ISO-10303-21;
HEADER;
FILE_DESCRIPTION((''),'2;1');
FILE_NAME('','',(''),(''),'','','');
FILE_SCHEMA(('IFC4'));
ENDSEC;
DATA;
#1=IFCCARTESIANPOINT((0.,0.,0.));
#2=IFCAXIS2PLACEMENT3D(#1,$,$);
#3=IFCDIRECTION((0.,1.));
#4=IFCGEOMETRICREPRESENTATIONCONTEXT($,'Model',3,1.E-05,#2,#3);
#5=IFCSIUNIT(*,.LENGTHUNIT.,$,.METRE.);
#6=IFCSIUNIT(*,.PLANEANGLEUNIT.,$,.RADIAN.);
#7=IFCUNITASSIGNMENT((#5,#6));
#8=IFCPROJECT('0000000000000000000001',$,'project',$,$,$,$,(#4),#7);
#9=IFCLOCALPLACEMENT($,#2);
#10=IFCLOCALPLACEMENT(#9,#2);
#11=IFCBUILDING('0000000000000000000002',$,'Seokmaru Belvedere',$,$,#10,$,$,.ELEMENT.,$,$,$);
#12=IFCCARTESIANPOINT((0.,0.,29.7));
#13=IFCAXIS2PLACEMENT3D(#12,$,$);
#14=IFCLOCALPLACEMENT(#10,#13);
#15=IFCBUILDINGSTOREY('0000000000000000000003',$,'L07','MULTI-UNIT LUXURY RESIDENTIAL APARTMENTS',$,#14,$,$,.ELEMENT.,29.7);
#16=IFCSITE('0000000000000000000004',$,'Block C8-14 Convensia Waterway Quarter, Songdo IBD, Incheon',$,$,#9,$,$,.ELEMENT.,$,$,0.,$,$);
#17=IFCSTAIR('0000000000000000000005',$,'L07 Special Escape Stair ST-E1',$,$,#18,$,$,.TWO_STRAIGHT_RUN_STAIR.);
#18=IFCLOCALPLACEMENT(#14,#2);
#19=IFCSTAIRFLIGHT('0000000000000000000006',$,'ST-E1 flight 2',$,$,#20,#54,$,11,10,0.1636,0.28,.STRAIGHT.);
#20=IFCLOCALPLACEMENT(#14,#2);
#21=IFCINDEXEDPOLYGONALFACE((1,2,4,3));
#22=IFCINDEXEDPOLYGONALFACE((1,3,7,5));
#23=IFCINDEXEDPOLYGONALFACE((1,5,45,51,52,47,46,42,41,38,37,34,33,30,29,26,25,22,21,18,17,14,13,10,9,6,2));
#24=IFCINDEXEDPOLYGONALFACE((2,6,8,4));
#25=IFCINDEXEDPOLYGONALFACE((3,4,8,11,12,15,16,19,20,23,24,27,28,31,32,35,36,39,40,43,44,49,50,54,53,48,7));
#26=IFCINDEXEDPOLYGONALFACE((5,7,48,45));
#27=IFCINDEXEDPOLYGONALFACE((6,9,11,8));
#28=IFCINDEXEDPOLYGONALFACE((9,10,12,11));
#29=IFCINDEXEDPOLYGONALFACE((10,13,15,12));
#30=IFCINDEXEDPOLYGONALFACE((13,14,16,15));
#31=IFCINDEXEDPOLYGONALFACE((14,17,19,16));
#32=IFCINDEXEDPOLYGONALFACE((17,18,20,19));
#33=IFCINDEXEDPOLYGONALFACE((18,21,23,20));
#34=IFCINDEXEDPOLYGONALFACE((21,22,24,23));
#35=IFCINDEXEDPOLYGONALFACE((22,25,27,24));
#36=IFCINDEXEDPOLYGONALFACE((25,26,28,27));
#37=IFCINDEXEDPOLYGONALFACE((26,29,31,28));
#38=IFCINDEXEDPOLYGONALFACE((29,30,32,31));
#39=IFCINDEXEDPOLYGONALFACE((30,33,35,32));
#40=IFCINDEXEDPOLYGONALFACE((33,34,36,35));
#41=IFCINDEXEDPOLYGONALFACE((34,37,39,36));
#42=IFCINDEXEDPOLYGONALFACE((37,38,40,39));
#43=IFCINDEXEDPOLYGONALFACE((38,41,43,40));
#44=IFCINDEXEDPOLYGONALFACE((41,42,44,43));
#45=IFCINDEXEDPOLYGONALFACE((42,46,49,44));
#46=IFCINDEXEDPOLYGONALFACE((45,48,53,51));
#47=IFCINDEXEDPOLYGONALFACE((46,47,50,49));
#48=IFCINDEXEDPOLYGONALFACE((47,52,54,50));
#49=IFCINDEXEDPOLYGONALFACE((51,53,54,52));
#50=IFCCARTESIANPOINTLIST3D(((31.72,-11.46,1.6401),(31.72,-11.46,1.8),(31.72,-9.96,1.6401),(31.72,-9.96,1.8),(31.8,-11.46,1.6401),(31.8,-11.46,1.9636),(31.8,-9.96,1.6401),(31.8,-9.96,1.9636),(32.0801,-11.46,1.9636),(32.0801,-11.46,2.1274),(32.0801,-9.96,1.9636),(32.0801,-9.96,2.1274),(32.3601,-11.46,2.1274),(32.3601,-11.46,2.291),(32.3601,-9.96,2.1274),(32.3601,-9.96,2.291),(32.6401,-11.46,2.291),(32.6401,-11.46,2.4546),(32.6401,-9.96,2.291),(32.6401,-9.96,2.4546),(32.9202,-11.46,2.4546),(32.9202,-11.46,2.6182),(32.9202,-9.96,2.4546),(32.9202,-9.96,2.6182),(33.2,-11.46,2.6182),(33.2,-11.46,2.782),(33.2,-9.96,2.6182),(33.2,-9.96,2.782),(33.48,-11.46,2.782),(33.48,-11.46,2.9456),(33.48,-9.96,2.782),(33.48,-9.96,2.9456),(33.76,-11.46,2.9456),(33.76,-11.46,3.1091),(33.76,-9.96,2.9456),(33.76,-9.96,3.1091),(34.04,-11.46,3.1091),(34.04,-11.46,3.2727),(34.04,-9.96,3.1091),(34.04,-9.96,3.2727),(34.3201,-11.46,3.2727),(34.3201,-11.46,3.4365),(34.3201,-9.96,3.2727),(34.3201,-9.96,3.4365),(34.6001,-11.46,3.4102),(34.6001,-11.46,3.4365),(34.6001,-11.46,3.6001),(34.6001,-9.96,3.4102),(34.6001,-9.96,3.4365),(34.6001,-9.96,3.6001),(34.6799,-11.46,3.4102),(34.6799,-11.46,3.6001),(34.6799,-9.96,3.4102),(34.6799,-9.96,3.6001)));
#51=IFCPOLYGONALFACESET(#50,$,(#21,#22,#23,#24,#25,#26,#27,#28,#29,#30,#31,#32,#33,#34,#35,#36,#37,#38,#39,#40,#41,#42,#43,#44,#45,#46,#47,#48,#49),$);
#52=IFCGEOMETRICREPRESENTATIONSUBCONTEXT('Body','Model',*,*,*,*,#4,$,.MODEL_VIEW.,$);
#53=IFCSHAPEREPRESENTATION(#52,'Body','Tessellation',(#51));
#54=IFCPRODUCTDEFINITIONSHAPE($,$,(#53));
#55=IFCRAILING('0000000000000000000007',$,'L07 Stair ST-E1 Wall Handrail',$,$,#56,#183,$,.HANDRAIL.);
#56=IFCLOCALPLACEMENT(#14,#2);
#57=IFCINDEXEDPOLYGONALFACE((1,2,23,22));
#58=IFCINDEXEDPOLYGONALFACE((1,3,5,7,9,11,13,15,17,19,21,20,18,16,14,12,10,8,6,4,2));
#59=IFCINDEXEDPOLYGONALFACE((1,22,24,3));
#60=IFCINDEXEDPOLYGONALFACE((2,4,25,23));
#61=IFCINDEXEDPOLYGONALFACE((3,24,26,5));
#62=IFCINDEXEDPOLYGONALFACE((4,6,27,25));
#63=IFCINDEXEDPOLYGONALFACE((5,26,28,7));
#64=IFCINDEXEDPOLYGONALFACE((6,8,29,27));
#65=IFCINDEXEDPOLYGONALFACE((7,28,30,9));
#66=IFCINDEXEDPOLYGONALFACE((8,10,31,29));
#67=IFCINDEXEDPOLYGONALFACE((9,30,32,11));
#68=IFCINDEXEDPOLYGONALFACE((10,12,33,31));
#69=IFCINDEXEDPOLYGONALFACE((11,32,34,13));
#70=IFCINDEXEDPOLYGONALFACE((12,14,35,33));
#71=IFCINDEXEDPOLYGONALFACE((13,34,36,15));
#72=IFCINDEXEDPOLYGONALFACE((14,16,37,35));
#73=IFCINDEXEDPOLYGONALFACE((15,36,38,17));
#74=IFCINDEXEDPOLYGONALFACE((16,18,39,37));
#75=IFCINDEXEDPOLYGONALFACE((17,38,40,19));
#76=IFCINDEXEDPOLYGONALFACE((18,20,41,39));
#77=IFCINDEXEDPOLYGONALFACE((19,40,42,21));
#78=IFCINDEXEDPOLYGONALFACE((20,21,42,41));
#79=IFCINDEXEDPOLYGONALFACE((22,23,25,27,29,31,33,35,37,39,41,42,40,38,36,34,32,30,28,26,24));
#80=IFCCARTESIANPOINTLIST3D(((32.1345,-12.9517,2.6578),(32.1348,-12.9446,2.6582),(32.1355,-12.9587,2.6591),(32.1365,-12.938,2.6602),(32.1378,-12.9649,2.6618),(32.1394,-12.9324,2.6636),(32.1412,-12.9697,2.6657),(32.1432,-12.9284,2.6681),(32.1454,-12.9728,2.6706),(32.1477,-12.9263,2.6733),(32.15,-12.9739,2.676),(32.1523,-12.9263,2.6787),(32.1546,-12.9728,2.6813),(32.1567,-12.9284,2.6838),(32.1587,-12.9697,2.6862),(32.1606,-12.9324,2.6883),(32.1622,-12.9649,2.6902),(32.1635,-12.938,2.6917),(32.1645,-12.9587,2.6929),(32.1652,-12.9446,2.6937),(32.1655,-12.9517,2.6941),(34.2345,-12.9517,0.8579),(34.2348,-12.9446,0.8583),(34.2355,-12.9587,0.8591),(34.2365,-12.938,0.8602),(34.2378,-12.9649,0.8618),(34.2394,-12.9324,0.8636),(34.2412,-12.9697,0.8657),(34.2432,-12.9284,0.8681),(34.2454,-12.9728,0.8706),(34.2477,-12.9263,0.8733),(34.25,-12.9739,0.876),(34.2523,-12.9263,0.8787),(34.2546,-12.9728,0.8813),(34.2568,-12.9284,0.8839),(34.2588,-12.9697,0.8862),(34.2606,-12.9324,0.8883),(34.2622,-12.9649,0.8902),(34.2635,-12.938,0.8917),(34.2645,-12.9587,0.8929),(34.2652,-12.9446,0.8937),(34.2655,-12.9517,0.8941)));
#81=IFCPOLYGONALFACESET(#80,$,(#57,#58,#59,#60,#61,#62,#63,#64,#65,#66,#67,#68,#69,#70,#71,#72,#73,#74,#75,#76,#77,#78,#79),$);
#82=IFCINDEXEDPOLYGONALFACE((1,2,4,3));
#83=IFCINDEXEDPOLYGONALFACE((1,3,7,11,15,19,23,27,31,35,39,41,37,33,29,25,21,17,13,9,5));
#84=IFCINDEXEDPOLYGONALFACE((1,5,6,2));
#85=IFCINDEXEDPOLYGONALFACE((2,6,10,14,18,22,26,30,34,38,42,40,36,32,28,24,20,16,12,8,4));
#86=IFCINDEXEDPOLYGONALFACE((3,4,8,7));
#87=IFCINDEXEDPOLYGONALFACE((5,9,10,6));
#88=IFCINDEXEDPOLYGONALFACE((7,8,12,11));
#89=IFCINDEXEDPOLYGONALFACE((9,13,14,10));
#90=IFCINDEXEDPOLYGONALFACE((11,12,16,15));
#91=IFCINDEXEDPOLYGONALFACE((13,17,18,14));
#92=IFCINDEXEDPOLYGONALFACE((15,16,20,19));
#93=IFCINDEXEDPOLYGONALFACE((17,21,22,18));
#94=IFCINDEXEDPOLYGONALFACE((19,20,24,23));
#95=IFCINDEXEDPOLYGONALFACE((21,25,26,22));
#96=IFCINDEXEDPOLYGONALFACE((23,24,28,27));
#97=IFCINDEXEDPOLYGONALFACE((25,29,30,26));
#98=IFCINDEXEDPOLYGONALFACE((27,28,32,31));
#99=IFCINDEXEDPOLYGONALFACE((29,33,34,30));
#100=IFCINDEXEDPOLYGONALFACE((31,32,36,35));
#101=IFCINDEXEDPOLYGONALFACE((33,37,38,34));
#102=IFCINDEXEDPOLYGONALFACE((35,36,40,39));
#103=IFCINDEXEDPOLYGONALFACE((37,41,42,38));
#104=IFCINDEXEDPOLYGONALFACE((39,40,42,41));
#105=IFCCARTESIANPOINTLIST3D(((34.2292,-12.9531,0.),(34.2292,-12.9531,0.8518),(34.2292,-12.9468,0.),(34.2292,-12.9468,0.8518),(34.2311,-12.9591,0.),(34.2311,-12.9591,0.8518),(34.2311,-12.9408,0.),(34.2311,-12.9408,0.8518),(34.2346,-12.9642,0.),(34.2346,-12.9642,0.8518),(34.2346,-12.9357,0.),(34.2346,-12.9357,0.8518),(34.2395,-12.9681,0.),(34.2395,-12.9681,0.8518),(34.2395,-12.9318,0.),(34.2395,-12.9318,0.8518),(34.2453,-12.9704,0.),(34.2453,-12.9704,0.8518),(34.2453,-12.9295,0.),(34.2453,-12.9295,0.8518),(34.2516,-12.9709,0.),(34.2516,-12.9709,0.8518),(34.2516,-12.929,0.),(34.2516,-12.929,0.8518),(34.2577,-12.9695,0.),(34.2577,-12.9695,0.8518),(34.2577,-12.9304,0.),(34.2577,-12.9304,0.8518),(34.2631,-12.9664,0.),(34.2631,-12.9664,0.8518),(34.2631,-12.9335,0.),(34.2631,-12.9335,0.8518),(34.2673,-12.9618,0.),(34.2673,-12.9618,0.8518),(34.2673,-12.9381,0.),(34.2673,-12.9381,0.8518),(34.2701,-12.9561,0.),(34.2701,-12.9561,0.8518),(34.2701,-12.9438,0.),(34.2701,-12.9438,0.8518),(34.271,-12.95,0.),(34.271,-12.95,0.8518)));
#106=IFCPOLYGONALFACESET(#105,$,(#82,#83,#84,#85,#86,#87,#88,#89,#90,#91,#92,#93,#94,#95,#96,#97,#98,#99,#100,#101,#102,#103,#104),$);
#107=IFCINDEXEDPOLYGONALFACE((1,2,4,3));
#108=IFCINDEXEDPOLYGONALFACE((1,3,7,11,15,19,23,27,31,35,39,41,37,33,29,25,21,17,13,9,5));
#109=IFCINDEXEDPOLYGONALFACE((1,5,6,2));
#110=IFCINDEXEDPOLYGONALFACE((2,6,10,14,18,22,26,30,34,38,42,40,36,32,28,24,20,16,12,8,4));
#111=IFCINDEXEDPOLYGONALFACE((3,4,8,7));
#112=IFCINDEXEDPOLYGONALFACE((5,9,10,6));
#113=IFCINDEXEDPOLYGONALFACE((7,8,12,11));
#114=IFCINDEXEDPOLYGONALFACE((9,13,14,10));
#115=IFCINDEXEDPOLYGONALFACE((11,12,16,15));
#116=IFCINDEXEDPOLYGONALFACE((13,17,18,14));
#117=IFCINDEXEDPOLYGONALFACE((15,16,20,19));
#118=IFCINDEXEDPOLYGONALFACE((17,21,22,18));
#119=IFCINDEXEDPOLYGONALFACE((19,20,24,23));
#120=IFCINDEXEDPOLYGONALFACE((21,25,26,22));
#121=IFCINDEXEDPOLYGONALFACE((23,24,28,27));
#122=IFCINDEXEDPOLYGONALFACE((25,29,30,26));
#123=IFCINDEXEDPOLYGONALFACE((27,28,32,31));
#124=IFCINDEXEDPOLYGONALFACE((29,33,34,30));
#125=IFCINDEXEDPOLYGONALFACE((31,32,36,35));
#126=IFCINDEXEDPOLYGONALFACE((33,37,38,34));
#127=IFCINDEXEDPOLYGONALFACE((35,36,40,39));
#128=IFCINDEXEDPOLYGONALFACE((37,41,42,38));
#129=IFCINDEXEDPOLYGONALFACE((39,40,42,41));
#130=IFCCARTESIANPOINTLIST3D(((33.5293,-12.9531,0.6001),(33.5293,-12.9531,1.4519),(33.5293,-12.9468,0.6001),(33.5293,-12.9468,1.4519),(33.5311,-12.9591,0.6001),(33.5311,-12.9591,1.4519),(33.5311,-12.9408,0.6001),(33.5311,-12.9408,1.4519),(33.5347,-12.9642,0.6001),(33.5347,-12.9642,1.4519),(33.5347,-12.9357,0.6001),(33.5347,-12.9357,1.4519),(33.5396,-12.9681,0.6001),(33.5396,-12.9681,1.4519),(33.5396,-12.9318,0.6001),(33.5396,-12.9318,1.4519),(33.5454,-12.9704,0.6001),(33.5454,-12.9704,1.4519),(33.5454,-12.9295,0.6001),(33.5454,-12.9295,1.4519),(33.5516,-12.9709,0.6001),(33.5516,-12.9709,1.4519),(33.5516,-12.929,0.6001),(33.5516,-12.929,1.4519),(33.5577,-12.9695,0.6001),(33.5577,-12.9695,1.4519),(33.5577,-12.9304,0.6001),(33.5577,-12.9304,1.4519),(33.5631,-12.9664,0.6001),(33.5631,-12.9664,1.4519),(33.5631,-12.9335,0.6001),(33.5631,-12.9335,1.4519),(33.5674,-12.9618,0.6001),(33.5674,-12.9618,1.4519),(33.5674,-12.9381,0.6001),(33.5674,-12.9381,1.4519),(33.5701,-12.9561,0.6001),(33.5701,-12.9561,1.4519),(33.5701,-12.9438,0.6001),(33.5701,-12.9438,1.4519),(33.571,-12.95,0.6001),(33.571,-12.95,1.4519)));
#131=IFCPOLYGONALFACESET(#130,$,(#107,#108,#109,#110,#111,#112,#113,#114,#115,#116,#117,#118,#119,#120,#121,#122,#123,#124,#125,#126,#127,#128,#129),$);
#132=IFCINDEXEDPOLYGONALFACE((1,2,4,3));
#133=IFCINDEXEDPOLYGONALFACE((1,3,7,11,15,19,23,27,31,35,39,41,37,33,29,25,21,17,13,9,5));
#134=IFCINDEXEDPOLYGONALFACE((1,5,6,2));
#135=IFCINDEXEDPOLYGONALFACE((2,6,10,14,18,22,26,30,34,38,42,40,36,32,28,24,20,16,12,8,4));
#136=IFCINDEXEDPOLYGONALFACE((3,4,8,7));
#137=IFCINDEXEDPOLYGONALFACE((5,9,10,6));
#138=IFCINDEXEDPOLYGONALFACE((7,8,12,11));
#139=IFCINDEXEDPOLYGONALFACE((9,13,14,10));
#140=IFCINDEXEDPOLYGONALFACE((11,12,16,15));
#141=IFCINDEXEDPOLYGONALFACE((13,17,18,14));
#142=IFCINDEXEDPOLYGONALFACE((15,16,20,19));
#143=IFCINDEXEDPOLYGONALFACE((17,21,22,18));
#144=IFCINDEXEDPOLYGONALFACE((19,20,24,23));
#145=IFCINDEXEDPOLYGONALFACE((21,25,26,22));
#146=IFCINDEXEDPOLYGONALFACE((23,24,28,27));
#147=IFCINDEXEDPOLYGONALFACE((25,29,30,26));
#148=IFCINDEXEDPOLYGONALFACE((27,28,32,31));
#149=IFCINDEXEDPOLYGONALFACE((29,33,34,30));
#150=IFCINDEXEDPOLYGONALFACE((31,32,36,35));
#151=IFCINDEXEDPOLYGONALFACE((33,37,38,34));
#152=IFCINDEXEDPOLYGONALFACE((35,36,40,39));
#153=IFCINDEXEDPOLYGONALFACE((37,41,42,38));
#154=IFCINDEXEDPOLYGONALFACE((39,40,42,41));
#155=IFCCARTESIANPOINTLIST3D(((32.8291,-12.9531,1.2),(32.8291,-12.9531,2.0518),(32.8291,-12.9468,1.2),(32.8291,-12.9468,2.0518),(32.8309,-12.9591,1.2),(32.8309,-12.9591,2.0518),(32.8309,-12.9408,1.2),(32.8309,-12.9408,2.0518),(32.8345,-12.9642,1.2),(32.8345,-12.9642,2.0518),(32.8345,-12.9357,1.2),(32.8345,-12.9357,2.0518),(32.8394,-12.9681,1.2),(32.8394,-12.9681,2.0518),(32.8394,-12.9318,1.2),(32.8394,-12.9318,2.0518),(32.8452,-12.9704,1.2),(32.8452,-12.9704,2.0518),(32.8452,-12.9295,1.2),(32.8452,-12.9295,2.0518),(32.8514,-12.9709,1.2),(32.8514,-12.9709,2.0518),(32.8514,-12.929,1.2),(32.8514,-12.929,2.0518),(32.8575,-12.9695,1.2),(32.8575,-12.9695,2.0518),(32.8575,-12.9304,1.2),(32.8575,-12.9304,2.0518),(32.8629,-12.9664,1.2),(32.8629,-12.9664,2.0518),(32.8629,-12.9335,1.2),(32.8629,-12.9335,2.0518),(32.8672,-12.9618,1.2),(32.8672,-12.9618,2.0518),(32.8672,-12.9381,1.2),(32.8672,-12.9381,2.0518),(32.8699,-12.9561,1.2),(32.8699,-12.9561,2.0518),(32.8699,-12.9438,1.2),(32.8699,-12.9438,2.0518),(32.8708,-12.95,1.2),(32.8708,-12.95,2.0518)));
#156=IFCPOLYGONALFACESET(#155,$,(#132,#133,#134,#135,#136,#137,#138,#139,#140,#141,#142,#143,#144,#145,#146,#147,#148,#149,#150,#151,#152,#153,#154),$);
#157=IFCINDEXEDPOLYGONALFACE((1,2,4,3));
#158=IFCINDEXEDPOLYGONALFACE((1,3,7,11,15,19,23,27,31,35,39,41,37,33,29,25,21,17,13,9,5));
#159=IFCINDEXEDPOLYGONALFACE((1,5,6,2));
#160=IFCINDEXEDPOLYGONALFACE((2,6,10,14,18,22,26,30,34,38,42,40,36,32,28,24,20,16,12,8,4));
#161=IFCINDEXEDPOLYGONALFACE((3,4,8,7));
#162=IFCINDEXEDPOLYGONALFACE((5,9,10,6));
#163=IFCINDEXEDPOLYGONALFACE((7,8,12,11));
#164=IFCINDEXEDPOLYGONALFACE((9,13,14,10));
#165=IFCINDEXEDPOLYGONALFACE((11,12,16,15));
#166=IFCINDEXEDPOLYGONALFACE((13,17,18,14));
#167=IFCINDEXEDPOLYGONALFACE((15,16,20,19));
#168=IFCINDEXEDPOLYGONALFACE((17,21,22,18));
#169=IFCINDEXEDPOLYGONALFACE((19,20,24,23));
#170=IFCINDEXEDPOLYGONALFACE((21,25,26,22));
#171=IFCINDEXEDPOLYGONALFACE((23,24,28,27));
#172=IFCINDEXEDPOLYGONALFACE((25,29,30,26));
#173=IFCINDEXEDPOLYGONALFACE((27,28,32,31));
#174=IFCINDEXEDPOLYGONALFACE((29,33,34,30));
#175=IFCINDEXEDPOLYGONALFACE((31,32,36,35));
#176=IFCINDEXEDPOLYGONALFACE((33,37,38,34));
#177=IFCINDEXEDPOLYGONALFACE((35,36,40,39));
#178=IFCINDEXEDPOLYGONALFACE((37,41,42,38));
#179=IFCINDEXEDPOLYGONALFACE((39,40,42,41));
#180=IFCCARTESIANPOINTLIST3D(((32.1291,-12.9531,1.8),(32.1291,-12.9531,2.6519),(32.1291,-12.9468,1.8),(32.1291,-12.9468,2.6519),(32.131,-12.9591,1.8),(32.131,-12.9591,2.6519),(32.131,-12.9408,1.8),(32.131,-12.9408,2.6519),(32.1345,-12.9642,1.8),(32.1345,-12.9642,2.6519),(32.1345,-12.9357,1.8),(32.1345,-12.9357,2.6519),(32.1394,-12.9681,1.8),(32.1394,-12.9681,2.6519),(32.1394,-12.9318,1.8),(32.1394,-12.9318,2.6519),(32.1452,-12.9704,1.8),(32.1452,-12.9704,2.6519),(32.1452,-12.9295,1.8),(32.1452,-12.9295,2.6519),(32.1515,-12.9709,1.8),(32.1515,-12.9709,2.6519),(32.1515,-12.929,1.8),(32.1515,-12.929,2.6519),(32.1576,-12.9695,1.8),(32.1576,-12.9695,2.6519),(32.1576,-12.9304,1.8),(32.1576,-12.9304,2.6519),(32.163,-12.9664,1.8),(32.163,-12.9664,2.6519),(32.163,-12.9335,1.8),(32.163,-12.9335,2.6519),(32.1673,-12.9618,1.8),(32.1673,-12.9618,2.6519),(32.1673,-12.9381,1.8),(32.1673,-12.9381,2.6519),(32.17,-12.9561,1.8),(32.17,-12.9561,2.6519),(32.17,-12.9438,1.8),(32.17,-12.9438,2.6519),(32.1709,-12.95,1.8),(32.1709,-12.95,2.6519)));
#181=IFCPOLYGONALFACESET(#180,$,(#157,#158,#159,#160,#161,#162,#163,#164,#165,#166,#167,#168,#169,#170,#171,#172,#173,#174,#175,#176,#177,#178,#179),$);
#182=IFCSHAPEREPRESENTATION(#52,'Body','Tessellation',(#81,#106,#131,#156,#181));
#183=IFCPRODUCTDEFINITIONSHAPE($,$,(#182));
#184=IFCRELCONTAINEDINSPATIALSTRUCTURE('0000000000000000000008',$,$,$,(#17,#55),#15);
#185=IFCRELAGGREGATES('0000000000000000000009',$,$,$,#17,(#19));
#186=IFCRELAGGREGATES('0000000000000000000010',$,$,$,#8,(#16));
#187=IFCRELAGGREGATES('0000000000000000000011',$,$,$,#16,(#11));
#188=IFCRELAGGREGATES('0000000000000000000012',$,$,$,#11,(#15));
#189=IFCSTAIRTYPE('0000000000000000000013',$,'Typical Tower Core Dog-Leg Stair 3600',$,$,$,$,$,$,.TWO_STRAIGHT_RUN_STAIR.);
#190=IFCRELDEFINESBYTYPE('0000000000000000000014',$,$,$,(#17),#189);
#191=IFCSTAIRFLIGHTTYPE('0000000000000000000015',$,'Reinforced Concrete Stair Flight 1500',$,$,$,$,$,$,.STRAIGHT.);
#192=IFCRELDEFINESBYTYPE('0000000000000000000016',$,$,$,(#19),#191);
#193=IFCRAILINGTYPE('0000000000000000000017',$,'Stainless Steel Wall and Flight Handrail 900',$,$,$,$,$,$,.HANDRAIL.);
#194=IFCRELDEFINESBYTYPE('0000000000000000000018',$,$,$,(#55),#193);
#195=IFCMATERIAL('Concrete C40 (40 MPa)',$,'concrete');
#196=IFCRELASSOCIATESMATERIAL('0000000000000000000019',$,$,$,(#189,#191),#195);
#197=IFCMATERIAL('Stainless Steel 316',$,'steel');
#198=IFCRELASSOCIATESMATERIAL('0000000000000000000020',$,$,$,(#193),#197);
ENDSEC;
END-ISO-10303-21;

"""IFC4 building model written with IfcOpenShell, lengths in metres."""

from ifc_helpers import new_model, si_unit, direction, frame, origin, origin_2d, place, context, subcontext, project, spatial, polyline, circle, outline, extrude, material, type_object, element, aggregate, save


model = new_model("IFC4")

# Units and contexts
model_context = context("Model", 3, precision=1e-05, world=origin(), true_north=direction((0.0, 1.0)))
body_context = subcontext(model_context, "Body", "Model", "MODEL_VIEW")
ifc_project = project(units=[si_unit("LENGTHUNIT", "METRE"), si_unit("PLANEANGLEUNIT", "RADIAN")], contexts=[model_context])

# Site, building, storey
site_placement = place(None, origin())
site = spatial("IfcSite", under=ifc_project, at=site_placement, Name="Block C8-14 Convensia Waterway Quarter, Songdo IBD, Incheon", CompositionType="ELEMENT", RefElevation=0.0)
building_placement = place(site_placement, origin())
building = spatial("IfcBuilding", under=site, at=building_placement, Name="Seokmaru Belvedere", CompositionType="ELEMENT")
storey_placement = place(building_placement, frame((0.0, 0.0, 29.7)))
storey = spatial("IfcBuildingStorey", under=building, at=storey_placement, Name="L07", Description="MULTI-UNIT LUXURY RESIDENTIAL APARTMENTS", CompositionType="ELEMENT", Elevation=29.7)

# Shared definitions
ifc_material_1 = material(Name="Stainless Steel 316", Category="steel")

# Stair, stair flight
ifc_material_2 = material(Name="Concrete C40 (40 MPa)", Category="concrete")
stair_type = type_object("IfcStairType", Name="Typical Tower Core Dog-Leg Stair 3600", PredefinedType="TWO_STRAIGHT_RUN_STAIR", material=ifc_material_2)
stair_placement = place(storey_placement, origin())
stair = element("IfcStair", 1, at=stair_placement, inside=storey, type_object=stair_type, Name="L07 Special Escape Stair ST-E1", PredefinedType="TWO_STRAIGHT_RUN_STAIR")
stair_flight_type = type_object("IfcStairFlightType", Name="Reinforced Concrete Stair Flight 1500", PredefinedType="STRAIGHT", material=ifc_material_2)
stair_flight_1_placement = place(storey_placement, frame((31.8, -10.71, 1.8), z_axis=(0.0, 0.0, 1.0), x_axis=(1.0, 0.0, 0.0)))
stair_flight_1 = element("IfcStairFlight", 2, at=stair_flight_1_placement, type_object=stair_flight_type, Name="ST-E1 flight 2", NumberOfRisers=11, NumberOfTreads=10, PredefinedType="STRAIGHT", RiserHeight=0.1636, TreadLength=0.28, context=body_context, shape_type="SweptSolid", body=[
    extrude(outline(polyline([(-0.0801, 0.0), (0.0, 0.1636), (0.28, 0.1636), (0.28, 0.3274), (0.5601, 0.3274), (0.5601, 0.491), (0.8401, 0.491), (0.8401, 0.6545), (1.1201, 0.6545), (1.1201, 0.8181), (1.3999, 0.8181), (1.3999, 0.9819), (1.6799, 0.9819), (1.6799, 1.1455), (1.96, 1.1455), (1.96, 1.3091), (2.24, 1.3091), (2.24, 1.4727), (2.52, 1.4727), (2.52, 1.6365), (2.8, 1.6365), (2.8, 1.8), (2.8799, 1.8), (2.8799, 1.6101), (2.8, 1.6101), (0.0, -0.1599), (-0.0801, -0.1599), (-0.0801, 0.0)])), frame((0.0, 0.75, 0.0), z_axis=(0.0, -1.0, 0.0), x_axis=(1.0, 0.0, 0.0)), (0.0, 0.0, 1.0), 1.5),
])
aggregate(stair, [stair_flight_1])

# Railing
railing_type_1 = type_object("IfcRailingType", Name="Stainless Steel Wall and Flight Handrail 900", PredefinedType="HANDRAIL", material=ifc_material_1)
railing_1_placement = place(storey_placement, frame((34.25, -12.95, 0.0)))
element("IfcRailing", 3, at=railing_1_placement, inside=storey, type_object=railing_type_1, Name="L07 Stair ST-E1 Wall Handrail", PredefinedType="HANDRAIL", context=body_context, shape_type="SweptSolid", body=[
    extrude(circle(Radius=0.0239, at=origin_2d()), frame((0.0, 0.0, 0.876), z_axis=(-0.759263, 0.0, 0.650784), x_axis=(0.0, -1.0, 0.0)), (0.0, 0.0, 1.0), 2.7659),
    extrude(circle(Radius=0.021, at=origin_2d()), origin(), (0.0, 0.0, 1.0), 0.8518),
    extrude(circle(Radius=0.021, at=origin_2d()), frame((-0.7, 0.0, 0.6001)), (0.0, 0.0, 1.0), 0.8518),
    extrude(circle(Radius=0.021, at=origin_2d()), frame((-1.4001, 0.0, 1.2)), (0.0, 0.0, 1.0), 0.8518),
    extrude(circle(Radius=0.021, at=origin_2d()), frame((-2.1001, 0.0, 1.8)), (0.0, 0.0, 1.0), 0.8518),
])

save(model, "model.ifc")
